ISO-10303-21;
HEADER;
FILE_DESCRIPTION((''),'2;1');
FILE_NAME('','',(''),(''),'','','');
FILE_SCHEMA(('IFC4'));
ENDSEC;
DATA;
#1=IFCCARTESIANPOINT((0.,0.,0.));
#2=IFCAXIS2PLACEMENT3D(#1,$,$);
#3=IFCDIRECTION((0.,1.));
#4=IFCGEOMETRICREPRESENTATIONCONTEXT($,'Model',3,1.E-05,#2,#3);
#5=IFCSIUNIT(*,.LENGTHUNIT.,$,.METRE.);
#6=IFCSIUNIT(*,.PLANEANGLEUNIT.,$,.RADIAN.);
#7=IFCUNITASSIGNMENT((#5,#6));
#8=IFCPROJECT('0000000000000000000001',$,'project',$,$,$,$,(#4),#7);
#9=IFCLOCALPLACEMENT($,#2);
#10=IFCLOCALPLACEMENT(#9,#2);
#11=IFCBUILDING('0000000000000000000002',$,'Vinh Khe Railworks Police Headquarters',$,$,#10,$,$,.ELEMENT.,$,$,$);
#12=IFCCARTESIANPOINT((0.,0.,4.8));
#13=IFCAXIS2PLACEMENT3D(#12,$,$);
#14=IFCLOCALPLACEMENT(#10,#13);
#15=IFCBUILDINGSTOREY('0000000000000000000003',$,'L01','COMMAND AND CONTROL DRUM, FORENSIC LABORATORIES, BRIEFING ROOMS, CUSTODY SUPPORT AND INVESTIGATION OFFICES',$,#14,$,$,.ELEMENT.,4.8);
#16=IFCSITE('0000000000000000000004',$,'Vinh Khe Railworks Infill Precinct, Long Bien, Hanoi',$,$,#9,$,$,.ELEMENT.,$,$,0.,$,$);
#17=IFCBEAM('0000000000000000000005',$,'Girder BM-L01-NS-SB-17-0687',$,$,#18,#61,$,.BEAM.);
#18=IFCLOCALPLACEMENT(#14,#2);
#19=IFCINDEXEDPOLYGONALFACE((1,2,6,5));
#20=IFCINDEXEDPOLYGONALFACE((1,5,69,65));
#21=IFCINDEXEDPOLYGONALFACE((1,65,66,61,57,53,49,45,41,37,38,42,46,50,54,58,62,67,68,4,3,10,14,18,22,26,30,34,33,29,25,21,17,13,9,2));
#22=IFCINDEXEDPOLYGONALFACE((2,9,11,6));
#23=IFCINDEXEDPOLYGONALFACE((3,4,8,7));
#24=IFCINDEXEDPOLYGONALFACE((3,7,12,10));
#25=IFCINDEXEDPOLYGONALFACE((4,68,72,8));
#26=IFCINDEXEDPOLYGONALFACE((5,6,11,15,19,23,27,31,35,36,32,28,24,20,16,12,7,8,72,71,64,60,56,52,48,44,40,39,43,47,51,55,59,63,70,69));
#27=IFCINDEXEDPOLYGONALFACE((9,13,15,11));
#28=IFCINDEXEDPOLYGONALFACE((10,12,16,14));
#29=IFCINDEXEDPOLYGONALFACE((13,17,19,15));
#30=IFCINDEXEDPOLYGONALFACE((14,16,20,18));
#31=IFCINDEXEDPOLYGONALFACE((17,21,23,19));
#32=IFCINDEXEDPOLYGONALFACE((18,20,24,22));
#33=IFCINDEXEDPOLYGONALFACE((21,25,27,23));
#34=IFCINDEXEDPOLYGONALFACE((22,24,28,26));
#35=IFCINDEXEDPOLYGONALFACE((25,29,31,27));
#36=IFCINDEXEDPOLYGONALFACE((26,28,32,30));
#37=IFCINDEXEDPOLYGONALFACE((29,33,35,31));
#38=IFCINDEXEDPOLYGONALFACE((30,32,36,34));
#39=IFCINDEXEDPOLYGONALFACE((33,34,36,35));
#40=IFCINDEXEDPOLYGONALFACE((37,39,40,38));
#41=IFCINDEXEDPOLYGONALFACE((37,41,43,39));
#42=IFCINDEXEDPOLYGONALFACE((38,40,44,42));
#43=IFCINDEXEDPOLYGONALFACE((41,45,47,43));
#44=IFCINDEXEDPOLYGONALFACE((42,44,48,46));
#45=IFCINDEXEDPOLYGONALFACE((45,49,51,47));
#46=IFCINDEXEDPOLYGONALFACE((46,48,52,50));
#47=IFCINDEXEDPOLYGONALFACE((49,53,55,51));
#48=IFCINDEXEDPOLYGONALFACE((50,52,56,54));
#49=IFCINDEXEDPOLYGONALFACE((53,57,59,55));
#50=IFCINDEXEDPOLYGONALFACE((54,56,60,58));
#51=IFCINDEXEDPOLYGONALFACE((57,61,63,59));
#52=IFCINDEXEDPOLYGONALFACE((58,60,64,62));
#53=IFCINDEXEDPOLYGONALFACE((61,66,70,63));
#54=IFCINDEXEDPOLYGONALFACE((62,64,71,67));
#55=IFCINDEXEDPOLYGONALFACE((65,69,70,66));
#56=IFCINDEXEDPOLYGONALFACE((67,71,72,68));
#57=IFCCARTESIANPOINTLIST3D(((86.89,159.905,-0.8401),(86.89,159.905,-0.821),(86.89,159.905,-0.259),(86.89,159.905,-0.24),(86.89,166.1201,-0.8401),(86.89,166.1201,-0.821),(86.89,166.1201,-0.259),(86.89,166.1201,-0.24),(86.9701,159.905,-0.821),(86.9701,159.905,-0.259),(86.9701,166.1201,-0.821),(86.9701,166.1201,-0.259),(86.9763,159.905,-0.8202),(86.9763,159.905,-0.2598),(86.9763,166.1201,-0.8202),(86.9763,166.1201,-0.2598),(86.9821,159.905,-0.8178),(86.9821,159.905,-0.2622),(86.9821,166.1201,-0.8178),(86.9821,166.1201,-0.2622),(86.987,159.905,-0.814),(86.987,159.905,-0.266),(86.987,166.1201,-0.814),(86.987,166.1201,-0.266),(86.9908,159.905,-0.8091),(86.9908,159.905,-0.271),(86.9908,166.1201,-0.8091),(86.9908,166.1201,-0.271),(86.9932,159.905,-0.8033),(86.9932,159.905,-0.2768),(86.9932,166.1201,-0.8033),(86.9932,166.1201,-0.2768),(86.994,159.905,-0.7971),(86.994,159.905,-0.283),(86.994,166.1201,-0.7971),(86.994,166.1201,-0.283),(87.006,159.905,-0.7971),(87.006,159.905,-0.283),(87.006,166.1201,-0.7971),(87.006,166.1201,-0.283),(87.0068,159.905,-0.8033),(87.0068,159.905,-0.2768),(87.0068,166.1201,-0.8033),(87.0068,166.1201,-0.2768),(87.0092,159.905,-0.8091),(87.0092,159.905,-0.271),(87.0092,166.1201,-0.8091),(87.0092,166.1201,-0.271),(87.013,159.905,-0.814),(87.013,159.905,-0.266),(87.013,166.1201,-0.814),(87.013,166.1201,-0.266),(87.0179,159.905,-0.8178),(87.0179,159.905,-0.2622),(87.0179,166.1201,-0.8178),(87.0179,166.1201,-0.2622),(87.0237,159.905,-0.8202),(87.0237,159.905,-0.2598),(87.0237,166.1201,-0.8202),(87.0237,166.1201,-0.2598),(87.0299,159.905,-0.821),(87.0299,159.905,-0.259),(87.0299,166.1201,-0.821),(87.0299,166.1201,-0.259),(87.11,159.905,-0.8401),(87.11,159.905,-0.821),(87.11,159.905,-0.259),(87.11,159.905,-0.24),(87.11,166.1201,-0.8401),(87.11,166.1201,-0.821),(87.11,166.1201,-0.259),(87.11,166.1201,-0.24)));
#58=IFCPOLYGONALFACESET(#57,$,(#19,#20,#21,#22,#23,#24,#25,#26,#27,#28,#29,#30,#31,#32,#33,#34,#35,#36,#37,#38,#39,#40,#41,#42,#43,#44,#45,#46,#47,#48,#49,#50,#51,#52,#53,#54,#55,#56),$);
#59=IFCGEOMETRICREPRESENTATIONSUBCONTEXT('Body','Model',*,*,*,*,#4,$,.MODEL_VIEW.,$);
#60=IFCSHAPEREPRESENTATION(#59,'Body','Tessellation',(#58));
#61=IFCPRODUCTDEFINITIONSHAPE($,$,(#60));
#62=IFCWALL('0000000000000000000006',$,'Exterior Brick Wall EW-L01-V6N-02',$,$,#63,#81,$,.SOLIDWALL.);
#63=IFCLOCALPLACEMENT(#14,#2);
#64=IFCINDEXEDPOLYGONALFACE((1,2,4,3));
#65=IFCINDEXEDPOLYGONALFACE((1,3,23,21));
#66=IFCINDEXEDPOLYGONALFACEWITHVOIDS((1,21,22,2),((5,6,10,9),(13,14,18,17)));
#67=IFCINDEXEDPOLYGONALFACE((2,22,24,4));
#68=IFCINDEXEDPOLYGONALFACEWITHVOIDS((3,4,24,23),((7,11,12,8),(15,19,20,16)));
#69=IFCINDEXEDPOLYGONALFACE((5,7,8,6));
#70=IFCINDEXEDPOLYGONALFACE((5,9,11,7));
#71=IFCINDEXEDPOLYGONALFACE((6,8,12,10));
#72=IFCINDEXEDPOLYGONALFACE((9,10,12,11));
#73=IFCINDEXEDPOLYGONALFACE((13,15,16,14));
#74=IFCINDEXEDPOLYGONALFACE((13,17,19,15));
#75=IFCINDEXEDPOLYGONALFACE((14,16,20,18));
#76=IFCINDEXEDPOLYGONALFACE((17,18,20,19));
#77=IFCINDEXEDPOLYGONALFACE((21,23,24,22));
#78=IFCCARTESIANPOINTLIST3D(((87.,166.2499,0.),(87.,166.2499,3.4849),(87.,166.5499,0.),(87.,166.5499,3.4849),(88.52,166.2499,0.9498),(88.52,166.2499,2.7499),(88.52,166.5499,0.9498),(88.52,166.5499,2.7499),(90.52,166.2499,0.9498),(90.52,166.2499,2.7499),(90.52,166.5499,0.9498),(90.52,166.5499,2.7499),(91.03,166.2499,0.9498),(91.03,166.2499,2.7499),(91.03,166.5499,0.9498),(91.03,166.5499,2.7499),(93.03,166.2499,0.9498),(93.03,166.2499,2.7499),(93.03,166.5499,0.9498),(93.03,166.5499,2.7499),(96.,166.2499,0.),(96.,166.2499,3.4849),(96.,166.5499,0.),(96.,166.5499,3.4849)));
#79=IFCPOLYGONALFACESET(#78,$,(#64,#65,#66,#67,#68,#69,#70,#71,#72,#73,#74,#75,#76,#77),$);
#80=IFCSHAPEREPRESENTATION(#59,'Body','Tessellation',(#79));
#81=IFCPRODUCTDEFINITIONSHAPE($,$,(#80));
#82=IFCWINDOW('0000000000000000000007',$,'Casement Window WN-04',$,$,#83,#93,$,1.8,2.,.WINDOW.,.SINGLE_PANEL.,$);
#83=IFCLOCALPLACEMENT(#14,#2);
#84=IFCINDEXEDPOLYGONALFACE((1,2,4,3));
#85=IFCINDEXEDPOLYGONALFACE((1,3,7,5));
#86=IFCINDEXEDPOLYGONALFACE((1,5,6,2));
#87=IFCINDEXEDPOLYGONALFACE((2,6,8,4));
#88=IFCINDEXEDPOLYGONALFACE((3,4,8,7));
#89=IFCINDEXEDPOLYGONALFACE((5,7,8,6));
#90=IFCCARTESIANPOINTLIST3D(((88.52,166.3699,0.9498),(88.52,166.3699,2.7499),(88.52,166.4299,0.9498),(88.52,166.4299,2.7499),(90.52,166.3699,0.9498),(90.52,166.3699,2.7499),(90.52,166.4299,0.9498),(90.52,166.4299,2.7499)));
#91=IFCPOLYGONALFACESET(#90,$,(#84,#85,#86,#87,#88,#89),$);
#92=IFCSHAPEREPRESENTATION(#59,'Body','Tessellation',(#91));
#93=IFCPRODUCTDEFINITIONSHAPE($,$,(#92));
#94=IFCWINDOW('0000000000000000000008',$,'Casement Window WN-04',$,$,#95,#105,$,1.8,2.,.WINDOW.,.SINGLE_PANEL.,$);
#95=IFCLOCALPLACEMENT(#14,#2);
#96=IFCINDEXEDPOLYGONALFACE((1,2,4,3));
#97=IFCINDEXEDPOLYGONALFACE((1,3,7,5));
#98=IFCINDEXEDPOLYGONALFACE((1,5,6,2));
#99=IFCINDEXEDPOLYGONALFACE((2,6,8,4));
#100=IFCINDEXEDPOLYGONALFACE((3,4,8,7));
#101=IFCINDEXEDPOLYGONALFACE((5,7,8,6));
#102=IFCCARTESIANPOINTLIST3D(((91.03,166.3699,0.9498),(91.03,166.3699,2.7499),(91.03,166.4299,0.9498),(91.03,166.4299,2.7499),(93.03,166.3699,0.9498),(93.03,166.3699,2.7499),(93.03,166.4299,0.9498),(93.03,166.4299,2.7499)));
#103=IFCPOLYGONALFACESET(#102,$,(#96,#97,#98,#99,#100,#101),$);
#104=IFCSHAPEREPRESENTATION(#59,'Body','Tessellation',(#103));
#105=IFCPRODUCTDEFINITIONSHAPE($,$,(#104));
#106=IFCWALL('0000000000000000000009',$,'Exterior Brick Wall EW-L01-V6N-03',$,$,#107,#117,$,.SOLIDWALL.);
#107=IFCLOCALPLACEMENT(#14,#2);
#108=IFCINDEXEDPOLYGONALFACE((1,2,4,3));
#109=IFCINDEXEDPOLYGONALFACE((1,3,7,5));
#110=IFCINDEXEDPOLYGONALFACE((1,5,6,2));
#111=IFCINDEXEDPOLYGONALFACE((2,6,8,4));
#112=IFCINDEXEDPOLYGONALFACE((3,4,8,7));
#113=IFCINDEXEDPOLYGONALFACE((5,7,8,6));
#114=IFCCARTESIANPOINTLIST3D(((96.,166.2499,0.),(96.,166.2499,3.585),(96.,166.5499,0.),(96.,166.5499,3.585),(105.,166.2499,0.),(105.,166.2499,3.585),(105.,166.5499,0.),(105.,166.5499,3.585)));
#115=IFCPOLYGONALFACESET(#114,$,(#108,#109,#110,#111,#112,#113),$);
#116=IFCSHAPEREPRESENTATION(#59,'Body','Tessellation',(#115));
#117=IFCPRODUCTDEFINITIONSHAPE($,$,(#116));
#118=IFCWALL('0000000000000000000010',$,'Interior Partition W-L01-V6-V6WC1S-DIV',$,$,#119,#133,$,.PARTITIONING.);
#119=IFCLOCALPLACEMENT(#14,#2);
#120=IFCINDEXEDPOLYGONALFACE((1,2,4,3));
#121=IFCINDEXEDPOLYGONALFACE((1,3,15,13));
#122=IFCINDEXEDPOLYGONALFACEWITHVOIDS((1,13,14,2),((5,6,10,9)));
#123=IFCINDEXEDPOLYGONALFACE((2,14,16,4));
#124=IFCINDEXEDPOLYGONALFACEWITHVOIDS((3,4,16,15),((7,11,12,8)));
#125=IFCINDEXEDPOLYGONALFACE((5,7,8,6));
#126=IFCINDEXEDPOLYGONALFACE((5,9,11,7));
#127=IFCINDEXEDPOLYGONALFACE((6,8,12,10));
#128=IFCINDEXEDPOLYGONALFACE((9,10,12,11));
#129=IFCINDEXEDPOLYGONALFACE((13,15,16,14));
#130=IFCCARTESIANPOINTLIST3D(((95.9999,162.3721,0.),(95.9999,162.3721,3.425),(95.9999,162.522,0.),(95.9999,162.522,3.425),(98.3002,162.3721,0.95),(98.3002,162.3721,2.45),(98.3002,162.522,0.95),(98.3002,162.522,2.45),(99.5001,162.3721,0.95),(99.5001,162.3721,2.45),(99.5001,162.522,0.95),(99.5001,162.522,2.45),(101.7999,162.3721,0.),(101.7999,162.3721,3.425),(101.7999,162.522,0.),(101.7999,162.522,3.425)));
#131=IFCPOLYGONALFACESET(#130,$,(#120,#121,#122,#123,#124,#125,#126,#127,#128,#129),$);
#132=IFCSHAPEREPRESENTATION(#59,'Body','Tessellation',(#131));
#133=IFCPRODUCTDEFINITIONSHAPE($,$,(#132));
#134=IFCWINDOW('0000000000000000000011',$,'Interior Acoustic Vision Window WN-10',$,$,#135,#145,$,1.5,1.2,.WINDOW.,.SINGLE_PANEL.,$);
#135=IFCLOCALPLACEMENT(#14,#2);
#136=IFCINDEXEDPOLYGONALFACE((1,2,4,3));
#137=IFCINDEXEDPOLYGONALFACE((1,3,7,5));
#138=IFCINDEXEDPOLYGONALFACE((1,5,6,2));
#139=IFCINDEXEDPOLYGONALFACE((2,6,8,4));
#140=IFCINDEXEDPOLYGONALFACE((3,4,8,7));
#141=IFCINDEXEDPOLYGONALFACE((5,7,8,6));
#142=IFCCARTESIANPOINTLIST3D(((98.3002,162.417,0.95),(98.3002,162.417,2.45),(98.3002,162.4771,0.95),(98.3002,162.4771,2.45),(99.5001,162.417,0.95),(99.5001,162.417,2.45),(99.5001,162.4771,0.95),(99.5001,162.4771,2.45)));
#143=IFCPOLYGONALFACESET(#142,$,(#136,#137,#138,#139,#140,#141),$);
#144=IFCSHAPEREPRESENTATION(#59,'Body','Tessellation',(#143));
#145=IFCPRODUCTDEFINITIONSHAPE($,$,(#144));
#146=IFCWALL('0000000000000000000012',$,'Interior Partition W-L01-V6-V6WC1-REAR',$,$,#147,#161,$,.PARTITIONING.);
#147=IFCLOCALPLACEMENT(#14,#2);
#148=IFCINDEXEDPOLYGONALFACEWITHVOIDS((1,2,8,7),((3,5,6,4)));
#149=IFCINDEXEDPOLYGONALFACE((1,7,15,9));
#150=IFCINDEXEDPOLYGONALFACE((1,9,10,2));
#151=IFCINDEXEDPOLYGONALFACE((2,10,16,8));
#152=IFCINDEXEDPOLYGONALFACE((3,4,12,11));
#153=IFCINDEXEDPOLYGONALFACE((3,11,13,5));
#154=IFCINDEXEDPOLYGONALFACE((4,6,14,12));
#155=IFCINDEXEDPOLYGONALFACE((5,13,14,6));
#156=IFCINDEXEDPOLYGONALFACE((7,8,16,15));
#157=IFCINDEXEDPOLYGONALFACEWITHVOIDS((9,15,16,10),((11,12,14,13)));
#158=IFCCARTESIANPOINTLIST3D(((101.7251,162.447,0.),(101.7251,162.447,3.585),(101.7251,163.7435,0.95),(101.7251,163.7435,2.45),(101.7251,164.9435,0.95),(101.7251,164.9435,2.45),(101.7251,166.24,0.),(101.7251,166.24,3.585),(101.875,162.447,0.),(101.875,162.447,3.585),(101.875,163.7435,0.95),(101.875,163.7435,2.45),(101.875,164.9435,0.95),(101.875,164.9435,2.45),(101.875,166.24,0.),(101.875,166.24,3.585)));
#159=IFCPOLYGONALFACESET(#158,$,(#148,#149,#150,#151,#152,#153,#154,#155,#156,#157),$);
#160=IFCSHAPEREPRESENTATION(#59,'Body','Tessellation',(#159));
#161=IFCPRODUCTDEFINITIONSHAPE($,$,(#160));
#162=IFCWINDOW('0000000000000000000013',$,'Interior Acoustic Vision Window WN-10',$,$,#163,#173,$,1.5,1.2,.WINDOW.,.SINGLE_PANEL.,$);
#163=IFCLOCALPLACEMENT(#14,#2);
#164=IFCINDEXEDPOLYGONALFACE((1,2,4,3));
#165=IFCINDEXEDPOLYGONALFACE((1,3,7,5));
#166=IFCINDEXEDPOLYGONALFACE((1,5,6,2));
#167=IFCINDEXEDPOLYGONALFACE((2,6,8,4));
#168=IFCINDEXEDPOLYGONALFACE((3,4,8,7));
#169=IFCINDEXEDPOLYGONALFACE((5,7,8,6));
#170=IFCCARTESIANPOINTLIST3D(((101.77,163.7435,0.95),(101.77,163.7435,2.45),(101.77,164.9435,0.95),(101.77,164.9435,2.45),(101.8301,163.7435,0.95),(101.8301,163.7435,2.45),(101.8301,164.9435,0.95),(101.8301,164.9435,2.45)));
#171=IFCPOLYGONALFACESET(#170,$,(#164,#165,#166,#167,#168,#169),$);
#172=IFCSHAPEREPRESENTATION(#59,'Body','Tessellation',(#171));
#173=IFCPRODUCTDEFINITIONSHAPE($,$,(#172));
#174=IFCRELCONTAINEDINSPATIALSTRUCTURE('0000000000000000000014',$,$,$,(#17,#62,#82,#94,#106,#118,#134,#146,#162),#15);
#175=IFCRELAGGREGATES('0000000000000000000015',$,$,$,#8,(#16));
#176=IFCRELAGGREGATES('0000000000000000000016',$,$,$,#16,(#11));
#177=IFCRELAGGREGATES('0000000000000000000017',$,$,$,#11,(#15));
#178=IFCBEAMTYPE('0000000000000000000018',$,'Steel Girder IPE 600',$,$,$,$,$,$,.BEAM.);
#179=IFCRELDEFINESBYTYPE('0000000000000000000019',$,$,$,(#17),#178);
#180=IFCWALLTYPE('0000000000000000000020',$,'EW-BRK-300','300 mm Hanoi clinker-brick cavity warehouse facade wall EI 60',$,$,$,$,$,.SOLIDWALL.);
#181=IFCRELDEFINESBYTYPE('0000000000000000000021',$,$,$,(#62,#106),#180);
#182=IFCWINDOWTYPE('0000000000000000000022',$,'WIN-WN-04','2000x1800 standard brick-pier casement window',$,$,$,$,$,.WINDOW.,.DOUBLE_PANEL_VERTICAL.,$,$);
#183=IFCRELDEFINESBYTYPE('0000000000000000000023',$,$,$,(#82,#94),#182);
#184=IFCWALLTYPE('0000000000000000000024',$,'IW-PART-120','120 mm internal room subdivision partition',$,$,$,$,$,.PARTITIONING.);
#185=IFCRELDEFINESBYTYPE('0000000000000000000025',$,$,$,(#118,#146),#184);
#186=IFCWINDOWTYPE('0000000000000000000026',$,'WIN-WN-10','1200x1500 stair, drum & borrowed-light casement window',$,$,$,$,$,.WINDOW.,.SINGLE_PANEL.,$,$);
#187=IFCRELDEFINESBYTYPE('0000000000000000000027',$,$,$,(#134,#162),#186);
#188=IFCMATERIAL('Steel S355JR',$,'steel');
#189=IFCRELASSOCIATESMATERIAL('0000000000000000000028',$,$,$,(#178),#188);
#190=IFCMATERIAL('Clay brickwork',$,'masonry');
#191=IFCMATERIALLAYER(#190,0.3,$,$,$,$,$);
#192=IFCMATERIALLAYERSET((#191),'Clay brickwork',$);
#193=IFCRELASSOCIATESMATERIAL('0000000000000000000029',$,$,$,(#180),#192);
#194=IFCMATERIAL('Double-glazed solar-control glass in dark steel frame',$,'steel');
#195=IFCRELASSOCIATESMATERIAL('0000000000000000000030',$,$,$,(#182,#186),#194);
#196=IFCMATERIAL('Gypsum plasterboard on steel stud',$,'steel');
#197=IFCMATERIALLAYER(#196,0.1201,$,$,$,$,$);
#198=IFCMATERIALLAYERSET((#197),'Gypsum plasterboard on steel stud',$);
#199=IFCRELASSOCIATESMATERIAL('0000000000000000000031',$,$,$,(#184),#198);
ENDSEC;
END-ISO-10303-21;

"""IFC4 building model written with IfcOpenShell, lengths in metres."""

from ifc_helpers import new_model, si_unit, direction, frame, frame_2d, origin, origin_2d, place, context, subcontext, project, spatial, rectangle, i_section, extrude, material, layer, layer_set, material_profile, profile_set, type_object, element, fill, save


model = new_model("IFC4")

# Units and contexts
model_context = context("Model", 3, precision=1e-05, world=origin(), true_north=direction((0.0, 1.0)))
body_context = subcontext(model_context, "Body", "Model", "MODEL_VIEW")
ifc_project = project(units=[si_unit("LENGTHUNIT", "METRE"), si_unit("PLANEANGLEUNIT", "RADIAN")], contexts=[model_context])

# Site, building, storey
site_placement = place(None, origin())
site = spatial("IfcSite", under=ifc_project, at=site_placement, Name="Vinh Khe Railworks Infill Precinct, Long Bien, Hanoi", CompositionType="ELEMENT", RefElevation=0.0)
building_placement = place(site_placement, origin())
building = spatial("IfcBuilding", under=site, at=building_placement, Name="Vinh Khe Railworks Police Headquarters", CompositionType="ELEMENT")
storey_placement = place(building_placement, frame((0.0, 0.0, 4.8)))
storey = spatial("IfcBuildingStorey", under=building, at=storey_placement, Name="L01", Description="COMMAND AND CONTROL DRUM, FORENSIC LABORATORIES, BRIEFING ROOMS, CUSTODY SUPPORT AND INVESTIGATION OFFICES", CompositionType="ELEMENT", Elevation=4.8)

# Beam
ifc_material_1 = material(Name="Steel S355JR", Category="steel")
ifc_material_profile_1 = material_profile(ifc_material_1, i_section(OverallWidth=0.22, OverallDepth=0.6001, WebThickness=0.012, FlangeThickness=0.019, FilletRadius=0.0239, at=origin_2d()), Name="IPE 600")
ifc_profile_set_1 = profile_set([ifc_material_profile_1], Name="Steel S355JR")
beam_type_1 = type_object("IfcBeamType", Name="Steel Girder IPE 600", PredefinedType="BEAM", material=ifc_profile_set_1)
beam_1_placement = place(storey_placement, frame((87.0, 159.905, -0.54), z_axis=(0.0, 1.0, 0.0), x_axis=(-1.0, 0.0, 0.0)))
element("IfcBeam", 1, at=beam_1_placement, inside=storey, type_object=beam_type_1, Name="Girder BM-L01-NS-SB-17-0687", PredefinedType="BEAM", context=body_context, shape_type="SweptSolid", body=[
    extrude(i_section(OverallWidth=0.22, OverallDepth=0.6001, WebThickness=0.012, FlangeThickness=0.019, FilletRadius=0.0239, at=origin_2d()), origin(), (0.0, 0.0, 1.0), 6.2151),
])

# Wall, openings, windows
ifc_material_2 = material(Name="Clay brickwork", Category="masonry")
ifc_layer_1 = layer(ifc_material_2, 0.3)
ifc_layer_set_1 = layer_set([ifc_layer_1], Name="Clay brickwork")
wall_type_1 = type_object("IfcWallType", Name="EW-BRK-300", Description="300 mm Hanoi clinker-brick cavity warehouse facade wall EI 60", PredefinedType="SOLIDWALL", material=ifc_layer_set_1)
wall_1_placement = place(storey_placement, frame((87.0, 166.3999, 0.0), z_axis=(0.0, 0.0, 1.0), x_axis=(1.0, 0.0, 0.0)))
wall_1 = element("IfcWall", 2, at=wall_1_placement, inside=storey, type_object=wall_type_1, Name="Exterior Brick Wall EW-L01-V6N-02", PredefinedType="SOLIDWALL", context=body_context, shape_type="SweptSolid", body=[
    extrude(rectangle(XDim=9.0, YDim=0.3, at=frame_2d((4.5, 0.0))), origin(), (0.0, 0.0, 1.0), 3.4849),
])
opening_1_placement = place(wall_1_placement, frame((1.52, 0.0, 0.95)))
opening_1 = element("IfcOpeningElement", 3, at=opening_1_placement, cuts=wall_1, PredefinedType="OPENING", context=body_context, shape_type="SweptSolid", body=[
    extrude(rectangle(XDim=2.0, YDim=1.8, at=frame_2d((1.0, 0.8999))), frame((0.0, 0.165, 0.0), z_axis=(0.0, -1.0, 0.0), x_axis=(1.0, 0.0, 0.0)), (0.0, 0.0, 1.0), 0.3298),
])
opening_2_placement = place(wall_1_placement, frame((4.03, 0.0, 0.95)))
opening_2 = element("IfcOpeningElement", 4, at=opening_2_placement, cuts=wall_1, PredefinedType="OPENING", context=body_context, shape_type="SweptSolid", body=[
    extrude(rectangle(XDim=2.0, YDim=1.8, at=frame_2d((1.0, 0.8999))), frame((0.0, 0.165, 0.0), z_axis=(0.0, -1.0, 0.0), x_axis=(1.0, 0.0, 0.0)), (0.0, 0.0, 1.0), 0.3298),
])
ifc_material_3 = material(Name="Double-glazed solar-control glass in dark steel frame", Category="steel")
window_type_1 = type_object("IfcWindowType", Name="WIN-WN-04", Description="2000x1800 standard brick-pier casement window", PartitioningType="DOUBLE_PANEL_VERTICAL", PredefinedType="WINDOW", material=ifc_material_3)
window_1_placement = place(opening_1_placement, origin())
window_1 = element("IfcWindow", 5, at=window_1_placement, inside=storey, type_object=window_type_1, Name="Casement Window WN-04", OverallHeight=1.8, OverallWidth=2.0, PartitioningType="SINGLE_PANEL", PredefinedType="WINDOW", context=body_context, shape_type="SweptSolid", body=[
    extrude(rectangle(XDim=2.0, YDim=1.8, at=frame_2d((1.0, 0.8999))), frame((0.0, 0.03, 0.0), z_axis=(0.0, -1.0, 0.0), x_axis=(1.0, 0.0, 0.0)), (0.0, 0.0, 1.0), 0.0601),
])
fill(opening_1, window_1)
window_2_placement = place(opening_2_placement, origin())
window_2 = element("IfcWindow", 6, at=window_2_placement, inside=storey, type_object=window_type_1, Name="Casement Window WN-04", OverallHeight=1.8, OverallWidth=2.0, PartitioningType="SINGLE_PANEL", PredefinedType="WINDOW", context=body_context, shape_type="SweptSolid", body=[
    extrude(rectangle(XDim=2.0, YDim=1.8, at=frame_2d((1.0, 0.8999))), frame((0.0, 0.03, 0.0), z_axis=(0.0, -1.0, 0.0), x_axis=(1.0, 0.0, 0.0)), (0.0, 0.0, 1.0), 0.0601),
])
fill(opening_2, window_2)

# Wall
wall_2_placement = place(storey_placement, frame((96.0, 166.3999, 0.0), z_axis=(0.0, 0.0, 1.0), x_axis=(1.0, 0.0, 0.0)))
element("IfcWall", 7, at=wall_2_placement, inside=storey, type_object=wall_type_1, Name="Exterior Brick Wall EW-L01-V6N-03", PredefinedType="SOLIDWALL", context=body_context, shape_type="SweptSolid", body=[
    extrude(rectangle(XDim=9.0, YDim=0.3, at=frame_2d((4.5, 0.0))), origin(), (0.0, 0.0, 1.0), 3.585),
])

# Walls, openings, windows
ifc_material_4 = material(Name="Gypsum plasterboard on steel stud", Category="steel")
ifc_layer_2 = layer(ifc_material_4, 0.1201)
ifc_layer_set_2 = layer_set([ifc_layer_2], Name="Gypsum plasterboard on steel stud")
wall_type_2 = type_object("IfcWallType", Name="IW-PART-120", Description="120 mm internal room subdivision partition", PredefinedType="PARTITIONING", material=ifc_layer_set_2)
wall_3_placement = place(storey_placement, frame((96.0, 162.447, 0.0), z_axis=(0.0, 0.0, 1.0), x_axis=(1.0, 0.0, 0.0)))
wall_3 = element("IfcWall", 8, at=wall_3_placement, inside=storey, type_object=wall_type_2, Name="Interior Partition W-L01-V6-V6WC1S-DIV", PredefinedType="PARTITIONING", context=body_context, shape_type="SweptSolid", body=[
    extrude(rectangle(XDim=5.8, YDim=0.1499, at=frame_2d((2.8999, 0.0))), origin(), (0.0, 0.0, 1.0), 3.425),
])
opening_3_placement = place(wall_3_placement, frame((2.3, 0.0, 0.95)))
opening_3 = element("IfcOpeningElement", 9, at=opening_3_placement, cuts=wall_3, PredefinedType="OPENING", context=body_context, shape_type="SweptSolid", body=[
    extrude(rectangle(XDim=1.2, YDim=1.5, at=frame_2d((0.6001, 0.75))), frame((0.0, 0.0898, 0.0), z_axis=(0.0, -1.0, 0.0), x_axis=(1.0, 0.0, 0.0)), (0.0, 0.0, 1.0), 0.1797),
])
window_type_2 = type_object("IfcWindowType", Name="WIN-WN-10", Description="1200x1500 stair, drum & borrowed-light casement window", PartitioningType="SINGLE_PANEL", PredefinedType="WINDOW", material=ifc_material_3)
window_3_placement = place(opening_3_placement, origin())
window_3 = element("IfcWindow", 10, at=window_3_placement, inside=storey, type_object=window_type_2, Name="Interior Acoustic Vision Window WN-10", OverallHeight=1.5, OverallWidth=1.2, PartitioningType="SINGLE_PANEL", PredefinedType="WINDOW", context=body_context, shape_type="SweptSolid", body=[
    extrude(rectangle(XDim=1.2, YDim=1.5, at=frame_2d((0.6001, 0.75))), frame((0.0, 0.03, 0.0), z_axis=(0.0, -1.0, 0.0), x_axis=(1.0, 0.0, 0.0)), (0.0, 0.0, 1.0), 0.0601),
])
fill(opening_3, window_3)
wall_4_placement = place(storey_placement, frame((101.8, 162.447, 0.0), z_axis=(0.0, 0.0, 1.0), x_axis=(0.0, 1.0, 0.0)))
wall_4 = element("IfcWall", 11, at=wall_4_placement, inside=storey, type_object=wall_type_2, Name="Interior Partition W-L01-V6-V6WC1-REAR", PredefinedType="PARTITIONING", context=body_context, shape_type="SweptSolid", body=[
    extrude(rectangle(XDim=3.793, YDim=0.1499, at=frame_2d((1.8965, 0.0))), origin(), (0.0, 0.0, 1.0), 3.585),
])
opening_4_placement = place(wall_4_placement, frame((1.2964, 0.0, 0.95)))
opening_4 = element("IfcOpeningElement", 12, at=opening_4_placement, cuts=wall_4, PredefinedType="OPENING", context=body_context, shape_type="SweptSolid", body=[
    extrude(rectangle(XDim=1.2, YDim=1.5, at=frame_2d((0.6001, 0.75))), frame((0.0, 0.0898, 0.0), z_axis=(0.0, -1.0, 0.0), x_axis=(1.0, 0.0, 0.0)), (0.0, 0.0, 1.0), 0.1797),
])
window_4_placement = place(opening_4_placement, origin())
window_4 = element("IfcWindow", 13, at=window_4_placement, inside=storey, type_object=window_type_2, Name="Interior Acoustic Vision Window WN-10", OverallHeight=1.5, OverallWidth=1.2, PartitioningType="SINGLE_PANEL", PredefinedType="WINDOW", context=body_context, shape_type="SweptSolid", body=[
    extrude(rectangle(XDim=1.2, YDim=1.5, at=frame_2d((0.6001, 0.75))), frame((0.0, 0.03, 0.0), z_axis=(0.0, -1.0, 0.0), x_axis=(1.0, 0.0, 0.0)), (0.0, 0.0, 1.0), 0.0601),
])
fill(opening_4, window_4)

save(model, "model.ifc")
